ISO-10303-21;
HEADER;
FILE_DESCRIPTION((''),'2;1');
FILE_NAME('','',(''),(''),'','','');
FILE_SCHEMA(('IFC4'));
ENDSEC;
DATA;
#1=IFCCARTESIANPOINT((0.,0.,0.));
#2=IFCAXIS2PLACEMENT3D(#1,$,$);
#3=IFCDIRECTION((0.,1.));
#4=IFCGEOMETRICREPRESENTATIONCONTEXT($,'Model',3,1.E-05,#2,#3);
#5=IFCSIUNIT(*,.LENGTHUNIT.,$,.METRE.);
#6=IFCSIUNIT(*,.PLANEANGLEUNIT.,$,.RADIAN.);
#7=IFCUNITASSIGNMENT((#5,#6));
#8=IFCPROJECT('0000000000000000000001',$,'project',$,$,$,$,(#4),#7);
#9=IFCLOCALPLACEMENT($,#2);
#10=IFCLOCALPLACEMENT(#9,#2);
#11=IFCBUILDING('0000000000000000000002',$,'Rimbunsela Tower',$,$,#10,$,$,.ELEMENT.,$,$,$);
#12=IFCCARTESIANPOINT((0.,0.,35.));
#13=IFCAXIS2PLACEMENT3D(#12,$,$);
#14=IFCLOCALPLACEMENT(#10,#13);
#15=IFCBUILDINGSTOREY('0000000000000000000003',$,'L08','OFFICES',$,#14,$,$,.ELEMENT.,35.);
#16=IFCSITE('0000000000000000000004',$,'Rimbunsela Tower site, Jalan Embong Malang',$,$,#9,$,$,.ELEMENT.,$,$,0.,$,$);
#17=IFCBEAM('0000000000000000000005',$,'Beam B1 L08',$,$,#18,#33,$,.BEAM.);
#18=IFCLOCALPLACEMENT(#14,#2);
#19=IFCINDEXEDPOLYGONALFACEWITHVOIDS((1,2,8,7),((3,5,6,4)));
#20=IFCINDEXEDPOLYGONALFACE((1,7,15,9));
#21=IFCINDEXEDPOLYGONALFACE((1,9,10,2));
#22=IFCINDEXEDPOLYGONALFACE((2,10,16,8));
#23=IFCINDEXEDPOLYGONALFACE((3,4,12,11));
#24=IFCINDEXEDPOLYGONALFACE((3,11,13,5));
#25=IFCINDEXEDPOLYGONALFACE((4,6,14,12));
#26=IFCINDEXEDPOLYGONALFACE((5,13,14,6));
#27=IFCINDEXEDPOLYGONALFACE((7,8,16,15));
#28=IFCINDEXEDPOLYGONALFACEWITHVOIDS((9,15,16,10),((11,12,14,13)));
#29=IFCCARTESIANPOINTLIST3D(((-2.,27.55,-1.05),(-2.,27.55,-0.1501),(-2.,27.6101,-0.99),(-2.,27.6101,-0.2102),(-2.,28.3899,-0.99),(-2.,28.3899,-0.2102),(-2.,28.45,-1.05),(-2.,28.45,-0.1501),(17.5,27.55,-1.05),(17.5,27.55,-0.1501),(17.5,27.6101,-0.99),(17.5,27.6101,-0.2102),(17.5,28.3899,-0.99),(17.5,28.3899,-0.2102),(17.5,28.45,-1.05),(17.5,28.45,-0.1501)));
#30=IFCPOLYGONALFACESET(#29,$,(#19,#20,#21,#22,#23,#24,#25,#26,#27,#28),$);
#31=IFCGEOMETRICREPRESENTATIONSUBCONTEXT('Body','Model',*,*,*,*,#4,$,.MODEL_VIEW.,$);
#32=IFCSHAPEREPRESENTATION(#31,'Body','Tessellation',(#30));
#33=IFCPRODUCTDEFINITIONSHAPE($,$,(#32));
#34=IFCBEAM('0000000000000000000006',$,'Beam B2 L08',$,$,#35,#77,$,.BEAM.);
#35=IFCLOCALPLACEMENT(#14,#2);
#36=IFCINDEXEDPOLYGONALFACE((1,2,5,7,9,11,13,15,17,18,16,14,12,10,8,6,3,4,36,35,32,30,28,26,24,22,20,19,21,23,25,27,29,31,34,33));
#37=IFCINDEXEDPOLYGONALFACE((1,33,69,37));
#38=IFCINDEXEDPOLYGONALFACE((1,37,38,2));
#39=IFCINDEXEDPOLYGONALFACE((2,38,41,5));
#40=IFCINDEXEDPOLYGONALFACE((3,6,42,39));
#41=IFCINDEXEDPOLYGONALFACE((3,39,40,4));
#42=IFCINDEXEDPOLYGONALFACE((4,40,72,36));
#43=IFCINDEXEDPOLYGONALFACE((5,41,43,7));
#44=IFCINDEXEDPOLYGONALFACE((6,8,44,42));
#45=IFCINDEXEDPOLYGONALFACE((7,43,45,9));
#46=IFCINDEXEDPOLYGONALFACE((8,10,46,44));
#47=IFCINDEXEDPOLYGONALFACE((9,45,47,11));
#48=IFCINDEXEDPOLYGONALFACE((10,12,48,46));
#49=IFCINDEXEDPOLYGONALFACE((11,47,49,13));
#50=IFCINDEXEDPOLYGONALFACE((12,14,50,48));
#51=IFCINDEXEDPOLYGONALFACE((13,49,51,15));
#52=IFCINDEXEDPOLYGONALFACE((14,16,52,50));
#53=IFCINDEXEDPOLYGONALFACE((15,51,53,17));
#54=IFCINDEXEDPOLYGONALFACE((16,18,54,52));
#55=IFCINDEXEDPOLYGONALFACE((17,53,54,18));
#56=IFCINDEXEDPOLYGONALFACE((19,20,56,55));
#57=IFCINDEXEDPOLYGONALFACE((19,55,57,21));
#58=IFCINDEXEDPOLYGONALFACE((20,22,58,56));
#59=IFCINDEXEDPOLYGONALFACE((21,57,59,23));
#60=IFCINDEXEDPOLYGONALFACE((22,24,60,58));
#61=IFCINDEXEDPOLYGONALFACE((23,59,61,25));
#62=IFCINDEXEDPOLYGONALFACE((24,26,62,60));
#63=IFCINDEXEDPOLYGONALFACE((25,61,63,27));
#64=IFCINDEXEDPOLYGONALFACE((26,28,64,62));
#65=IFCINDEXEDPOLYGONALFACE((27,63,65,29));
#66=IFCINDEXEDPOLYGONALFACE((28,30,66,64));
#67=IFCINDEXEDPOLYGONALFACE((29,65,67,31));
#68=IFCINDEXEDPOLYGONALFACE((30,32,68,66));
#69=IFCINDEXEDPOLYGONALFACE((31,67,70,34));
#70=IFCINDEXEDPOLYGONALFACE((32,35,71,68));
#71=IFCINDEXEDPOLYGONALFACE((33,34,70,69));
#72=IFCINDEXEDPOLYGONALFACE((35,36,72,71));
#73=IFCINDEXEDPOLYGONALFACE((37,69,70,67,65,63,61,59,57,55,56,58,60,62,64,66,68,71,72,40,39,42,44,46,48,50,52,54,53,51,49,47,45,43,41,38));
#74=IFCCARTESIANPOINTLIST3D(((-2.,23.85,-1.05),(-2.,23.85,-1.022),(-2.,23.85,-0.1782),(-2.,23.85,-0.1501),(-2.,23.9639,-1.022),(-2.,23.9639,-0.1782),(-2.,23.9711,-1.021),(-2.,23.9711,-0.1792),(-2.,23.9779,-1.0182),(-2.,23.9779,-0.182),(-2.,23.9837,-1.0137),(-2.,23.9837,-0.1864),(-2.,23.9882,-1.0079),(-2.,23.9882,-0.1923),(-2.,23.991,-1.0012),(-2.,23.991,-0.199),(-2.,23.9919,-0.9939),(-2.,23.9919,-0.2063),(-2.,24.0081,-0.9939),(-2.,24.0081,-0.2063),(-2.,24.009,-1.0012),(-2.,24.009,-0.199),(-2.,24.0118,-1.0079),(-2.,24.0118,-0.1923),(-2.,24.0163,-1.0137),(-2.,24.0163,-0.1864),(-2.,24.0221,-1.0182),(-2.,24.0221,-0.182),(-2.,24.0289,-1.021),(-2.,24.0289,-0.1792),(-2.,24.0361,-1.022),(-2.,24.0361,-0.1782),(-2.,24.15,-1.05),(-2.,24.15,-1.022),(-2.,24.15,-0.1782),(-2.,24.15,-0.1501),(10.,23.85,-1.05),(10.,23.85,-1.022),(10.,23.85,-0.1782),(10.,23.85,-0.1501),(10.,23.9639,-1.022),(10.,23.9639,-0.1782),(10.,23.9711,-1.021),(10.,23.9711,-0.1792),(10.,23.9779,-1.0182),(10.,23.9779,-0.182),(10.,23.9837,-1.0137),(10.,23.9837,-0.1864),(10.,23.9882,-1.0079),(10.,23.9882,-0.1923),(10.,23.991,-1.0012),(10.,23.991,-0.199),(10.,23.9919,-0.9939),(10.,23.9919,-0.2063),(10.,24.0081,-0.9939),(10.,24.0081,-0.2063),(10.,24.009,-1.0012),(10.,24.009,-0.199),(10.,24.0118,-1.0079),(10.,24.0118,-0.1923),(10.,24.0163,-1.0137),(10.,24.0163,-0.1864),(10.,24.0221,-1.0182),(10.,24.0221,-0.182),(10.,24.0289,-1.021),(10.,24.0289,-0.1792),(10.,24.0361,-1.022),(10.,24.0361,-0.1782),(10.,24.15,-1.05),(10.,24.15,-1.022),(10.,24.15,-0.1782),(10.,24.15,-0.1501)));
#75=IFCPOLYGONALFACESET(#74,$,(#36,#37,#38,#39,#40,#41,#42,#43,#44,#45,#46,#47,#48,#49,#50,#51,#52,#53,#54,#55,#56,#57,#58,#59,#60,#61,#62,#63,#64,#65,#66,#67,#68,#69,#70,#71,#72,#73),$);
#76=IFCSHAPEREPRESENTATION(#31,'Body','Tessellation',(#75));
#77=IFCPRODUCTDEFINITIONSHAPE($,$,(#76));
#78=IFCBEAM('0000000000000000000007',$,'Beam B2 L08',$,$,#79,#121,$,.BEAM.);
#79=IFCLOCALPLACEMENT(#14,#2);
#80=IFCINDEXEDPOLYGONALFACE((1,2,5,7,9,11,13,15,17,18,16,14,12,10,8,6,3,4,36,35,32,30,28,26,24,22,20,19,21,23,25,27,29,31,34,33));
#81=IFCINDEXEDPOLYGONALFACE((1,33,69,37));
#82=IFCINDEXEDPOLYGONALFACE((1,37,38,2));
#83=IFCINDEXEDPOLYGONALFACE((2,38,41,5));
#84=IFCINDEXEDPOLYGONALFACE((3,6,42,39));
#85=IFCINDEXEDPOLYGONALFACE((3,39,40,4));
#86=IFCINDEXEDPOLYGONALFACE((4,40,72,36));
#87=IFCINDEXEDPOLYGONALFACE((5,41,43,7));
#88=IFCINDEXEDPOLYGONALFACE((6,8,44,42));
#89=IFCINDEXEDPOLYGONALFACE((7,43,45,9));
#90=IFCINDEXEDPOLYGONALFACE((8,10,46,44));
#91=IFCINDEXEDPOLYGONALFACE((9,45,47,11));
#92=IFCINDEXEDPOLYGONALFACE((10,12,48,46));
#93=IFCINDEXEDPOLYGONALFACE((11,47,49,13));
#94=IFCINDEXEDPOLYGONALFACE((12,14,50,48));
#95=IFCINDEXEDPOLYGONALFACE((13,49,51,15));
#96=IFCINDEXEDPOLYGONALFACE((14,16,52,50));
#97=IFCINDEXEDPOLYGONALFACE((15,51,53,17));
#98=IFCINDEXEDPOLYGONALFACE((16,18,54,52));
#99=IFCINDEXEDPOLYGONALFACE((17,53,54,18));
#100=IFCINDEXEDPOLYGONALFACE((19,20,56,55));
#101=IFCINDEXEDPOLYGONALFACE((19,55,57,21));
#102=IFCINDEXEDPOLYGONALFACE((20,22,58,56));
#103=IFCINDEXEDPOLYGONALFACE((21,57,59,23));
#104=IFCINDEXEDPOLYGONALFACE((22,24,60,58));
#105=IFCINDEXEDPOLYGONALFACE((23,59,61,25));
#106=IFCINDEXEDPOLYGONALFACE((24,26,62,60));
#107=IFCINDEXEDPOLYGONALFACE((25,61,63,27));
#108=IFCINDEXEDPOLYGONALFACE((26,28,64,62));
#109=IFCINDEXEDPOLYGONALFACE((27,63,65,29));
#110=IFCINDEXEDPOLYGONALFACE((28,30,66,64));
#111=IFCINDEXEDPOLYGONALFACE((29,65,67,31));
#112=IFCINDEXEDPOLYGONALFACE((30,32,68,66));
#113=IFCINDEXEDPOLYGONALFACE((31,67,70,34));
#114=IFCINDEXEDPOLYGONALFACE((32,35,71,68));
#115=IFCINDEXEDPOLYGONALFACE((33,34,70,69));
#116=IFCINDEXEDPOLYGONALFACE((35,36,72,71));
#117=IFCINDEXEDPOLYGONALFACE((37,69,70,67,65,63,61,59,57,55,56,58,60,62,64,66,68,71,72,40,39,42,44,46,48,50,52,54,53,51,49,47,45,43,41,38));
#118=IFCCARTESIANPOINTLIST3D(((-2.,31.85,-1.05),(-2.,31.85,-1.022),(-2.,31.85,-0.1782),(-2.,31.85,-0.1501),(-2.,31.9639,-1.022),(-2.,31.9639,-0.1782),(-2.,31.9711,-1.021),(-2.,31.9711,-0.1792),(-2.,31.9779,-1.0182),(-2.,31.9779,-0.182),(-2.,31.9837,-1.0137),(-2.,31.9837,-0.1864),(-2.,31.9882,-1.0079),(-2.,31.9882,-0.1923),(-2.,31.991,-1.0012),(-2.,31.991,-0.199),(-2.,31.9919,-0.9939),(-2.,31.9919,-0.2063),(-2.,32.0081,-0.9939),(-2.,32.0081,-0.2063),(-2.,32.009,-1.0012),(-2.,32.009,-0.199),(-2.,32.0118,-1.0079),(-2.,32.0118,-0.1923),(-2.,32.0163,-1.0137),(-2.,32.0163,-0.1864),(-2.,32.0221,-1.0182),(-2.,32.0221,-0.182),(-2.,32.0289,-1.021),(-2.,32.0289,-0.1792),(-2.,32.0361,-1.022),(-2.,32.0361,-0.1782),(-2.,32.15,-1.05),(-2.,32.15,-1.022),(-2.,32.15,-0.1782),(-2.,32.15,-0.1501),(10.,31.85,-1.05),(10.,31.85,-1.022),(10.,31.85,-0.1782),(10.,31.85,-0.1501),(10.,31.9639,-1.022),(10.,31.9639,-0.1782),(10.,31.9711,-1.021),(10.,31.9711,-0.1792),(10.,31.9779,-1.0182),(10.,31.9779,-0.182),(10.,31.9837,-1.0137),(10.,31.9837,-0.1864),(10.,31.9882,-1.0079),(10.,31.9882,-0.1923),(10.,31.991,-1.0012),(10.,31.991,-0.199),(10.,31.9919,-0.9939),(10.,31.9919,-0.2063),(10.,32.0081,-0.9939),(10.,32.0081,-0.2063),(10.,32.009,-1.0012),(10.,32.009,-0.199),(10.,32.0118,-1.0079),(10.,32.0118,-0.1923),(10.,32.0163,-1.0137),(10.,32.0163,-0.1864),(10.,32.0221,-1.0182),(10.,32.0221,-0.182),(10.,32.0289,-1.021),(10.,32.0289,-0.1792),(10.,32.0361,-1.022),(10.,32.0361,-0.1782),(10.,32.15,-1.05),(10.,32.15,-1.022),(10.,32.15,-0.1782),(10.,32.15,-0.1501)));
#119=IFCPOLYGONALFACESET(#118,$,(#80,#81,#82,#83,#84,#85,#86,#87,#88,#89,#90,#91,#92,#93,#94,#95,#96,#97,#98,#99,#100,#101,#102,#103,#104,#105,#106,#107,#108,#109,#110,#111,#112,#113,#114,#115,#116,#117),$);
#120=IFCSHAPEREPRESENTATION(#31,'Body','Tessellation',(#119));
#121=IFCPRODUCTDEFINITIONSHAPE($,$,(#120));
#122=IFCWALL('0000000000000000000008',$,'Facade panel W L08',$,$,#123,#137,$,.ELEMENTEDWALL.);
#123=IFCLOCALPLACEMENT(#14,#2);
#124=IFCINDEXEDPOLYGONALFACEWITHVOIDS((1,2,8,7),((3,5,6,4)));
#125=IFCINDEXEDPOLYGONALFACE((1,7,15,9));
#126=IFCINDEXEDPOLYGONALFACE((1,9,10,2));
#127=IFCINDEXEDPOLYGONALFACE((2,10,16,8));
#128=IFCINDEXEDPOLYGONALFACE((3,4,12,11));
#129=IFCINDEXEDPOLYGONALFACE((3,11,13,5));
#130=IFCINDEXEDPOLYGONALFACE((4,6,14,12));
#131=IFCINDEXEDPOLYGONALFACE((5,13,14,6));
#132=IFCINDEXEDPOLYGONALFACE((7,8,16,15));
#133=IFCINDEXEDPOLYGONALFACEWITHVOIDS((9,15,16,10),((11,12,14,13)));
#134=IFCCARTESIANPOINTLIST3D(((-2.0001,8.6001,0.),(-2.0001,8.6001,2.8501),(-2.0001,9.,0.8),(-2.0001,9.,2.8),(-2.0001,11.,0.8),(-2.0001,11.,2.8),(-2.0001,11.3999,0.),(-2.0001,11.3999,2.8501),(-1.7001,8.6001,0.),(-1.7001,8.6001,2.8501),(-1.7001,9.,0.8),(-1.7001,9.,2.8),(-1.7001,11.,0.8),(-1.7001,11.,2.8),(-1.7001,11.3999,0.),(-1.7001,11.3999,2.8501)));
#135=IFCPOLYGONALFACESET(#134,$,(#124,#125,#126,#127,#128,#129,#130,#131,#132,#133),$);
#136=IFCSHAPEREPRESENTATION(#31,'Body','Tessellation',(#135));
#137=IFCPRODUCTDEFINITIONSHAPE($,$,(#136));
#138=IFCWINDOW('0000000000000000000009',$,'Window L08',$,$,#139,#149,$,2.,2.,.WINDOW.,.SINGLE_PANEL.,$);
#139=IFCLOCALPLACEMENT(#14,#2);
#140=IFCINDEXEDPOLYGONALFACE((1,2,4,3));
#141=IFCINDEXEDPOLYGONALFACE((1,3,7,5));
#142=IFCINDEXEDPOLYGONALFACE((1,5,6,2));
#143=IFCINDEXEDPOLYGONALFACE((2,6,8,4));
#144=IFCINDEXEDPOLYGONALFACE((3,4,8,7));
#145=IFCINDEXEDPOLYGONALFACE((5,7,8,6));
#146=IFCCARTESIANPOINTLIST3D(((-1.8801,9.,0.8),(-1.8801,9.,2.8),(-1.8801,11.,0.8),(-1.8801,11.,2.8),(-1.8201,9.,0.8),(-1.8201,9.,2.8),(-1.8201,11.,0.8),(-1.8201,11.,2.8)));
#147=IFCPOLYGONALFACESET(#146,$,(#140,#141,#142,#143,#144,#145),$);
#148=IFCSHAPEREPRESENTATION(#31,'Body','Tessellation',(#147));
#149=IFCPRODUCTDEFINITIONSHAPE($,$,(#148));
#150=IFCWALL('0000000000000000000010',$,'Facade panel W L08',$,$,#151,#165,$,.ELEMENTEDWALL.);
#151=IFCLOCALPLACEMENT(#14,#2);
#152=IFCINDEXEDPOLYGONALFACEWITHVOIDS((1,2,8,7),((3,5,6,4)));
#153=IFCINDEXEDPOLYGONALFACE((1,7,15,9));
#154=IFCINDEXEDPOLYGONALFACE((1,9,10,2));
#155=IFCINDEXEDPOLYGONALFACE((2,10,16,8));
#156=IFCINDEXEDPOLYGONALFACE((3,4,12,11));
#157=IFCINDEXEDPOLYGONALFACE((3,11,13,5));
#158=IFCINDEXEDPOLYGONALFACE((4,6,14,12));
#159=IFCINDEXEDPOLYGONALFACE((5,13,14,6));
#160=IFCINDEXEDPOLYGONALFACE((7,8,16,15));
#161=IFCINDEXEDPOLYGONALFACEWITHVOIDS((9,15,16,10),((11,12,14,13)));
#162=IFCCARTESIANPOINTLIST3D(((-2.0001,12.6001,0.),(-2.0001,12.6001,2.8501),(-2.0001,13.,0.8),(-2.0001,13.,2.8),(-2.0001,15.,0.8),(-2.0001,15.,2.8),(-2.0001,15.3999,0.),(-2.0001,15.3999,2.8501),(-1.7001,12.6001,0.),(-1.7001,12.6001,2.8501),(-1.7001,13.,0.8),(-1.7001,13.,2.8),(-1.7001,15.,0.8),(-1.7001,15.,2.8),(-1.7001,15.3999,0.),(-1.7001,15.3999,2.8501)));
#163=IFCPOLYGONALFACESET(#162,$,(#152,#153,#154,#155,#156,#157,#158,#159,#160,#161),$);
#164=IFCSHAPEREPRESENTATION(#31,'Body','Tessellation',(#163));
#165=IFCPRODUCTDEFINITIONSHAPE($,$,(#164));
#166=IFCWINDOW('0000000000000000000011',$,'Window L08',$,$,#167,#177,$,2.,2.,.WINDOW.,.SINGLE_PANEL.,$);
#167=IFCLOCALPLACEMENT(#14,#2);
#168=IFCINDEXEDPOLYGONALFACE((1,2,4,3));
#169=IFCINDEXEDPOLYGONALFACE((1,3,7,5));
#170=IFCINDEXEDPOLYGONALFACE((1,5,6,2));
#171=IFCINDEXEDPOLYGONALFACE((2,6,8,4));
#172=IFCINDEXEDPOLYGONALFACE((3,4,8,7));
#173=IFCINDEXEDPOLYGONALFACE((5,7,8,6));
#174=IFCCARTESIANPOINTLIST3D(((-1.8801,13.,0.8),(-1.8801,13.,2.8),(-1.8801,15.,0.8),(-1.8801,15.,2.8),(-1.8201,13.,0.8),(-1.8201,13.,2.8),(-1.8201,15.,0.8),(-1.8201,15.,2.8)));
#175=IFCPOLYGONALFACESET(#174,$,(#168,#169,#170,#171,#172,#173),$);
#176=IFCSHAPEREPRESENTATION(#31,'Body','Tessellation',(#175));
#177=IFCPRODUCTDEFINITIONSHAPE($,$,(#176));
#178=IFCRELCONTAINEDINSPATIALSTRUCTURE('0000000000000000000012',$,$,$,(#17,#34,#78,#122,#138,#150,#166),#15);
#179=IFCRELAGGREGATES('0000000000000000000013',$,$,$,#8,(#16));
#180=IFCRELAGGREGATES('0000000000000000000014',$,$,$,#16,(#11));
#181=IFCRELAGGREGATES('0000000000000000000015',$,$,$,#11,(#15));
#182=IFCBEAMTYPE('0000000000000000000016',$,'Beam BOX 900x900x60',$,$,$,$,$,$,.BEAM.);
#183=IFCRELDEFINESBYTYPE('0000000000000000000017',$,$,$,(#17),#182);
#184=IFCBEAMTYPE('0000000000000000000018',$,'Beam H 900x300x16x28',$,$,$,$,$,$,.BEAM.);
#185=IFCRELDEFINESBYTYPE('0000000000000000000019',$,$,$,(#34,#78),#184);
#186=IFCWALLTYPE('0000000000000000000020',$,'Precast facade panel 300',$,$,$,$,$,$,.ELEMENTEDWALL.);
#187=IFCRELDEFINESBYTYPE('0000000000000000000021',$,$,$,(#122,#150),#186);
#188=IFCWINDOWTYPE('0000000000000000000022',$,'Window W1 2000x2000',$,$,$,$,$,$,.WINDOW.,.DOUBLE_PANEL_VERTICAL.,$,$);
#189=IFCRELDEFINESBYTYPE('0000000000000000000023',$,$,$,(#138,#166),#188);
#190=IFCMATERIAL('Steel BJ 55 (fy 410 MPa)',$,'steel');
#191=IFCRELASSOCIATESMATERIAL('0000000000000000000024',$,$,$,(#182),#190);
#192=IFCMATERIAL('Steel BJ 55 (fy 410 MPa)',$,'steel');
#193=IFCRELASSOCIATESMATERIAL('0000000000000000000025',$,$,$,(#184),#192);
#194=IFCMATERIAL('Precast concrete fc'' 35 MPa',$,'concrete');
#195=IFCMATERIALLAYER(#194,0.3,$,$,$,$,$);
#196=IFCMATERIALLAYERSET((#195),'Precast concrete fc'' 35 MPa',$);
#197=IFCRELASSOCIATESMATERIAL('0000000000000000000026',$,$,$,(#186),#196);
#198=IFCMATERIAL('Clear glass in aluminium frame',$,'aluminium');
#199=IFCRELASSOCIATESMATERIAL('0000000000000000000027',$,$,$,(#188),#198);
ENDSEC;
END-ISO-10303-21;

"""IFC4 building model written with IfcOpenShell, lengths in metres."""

from ifc_helpers import new_model, si_unit, direction, frame, frame_2d, origin, origin_2d, place, context, subcontext, project, spatial, rectangle, hollow_rectangle, i_section, extrude, material, layer, layer_set, material_profile, profile_set, type_object, element, fill, save


model = new_model("IFC4")

# Units and contexts
model_context = context("Model", 3, precision=1e-05, world=origin(), true_north=direction((0.0, 1.0)))
body_context = subcontext(model_context, "Body", "Model", "MODEL_VIEW")
ifc_project = project(units=[si_unit("LENGTHUNIT", "METRE"), si_unit("PLANEANGLEUNIT", "RADIAN")], contexts=[model_context])

# Site, building, storey
site_placement = place(None, origin())
site = spatial("IfcSite", under=ifc_project, at=site_placement, Name="Rimbunsela Tower site, Jalan Embong Malang", CompositionType="ELEMENT", RefElevation=0.0)
building_placement = place(site_placement, origin())
building = spatial("IfcBuilding", under=site, at=building_placement, Name="Rimbunsela Tower", CompositionType="ELEMENT")
storey_placement = place(building_placement, frame((0.0, 0.0, 35.0)))
storey = spatial("IfcBuildingStorey", under=building, at=storey_placement, Name="L08", Description="OFFICES", CompositionType="ELEMENT", Elevation=35.0)

# Beams
ifc_material_1 = material(Name="Steel BJ 55 (fy 410 MPa)", Category="steel")
ifc_material_profile_1 = material_profile(ifc_material_1, hollow_rectangle(XDim=0.8999, YDim=0.8999, WallThickness=0.0601, at=origin_2d()), Name="BOX 900x900x60")
ifc_profile_set_1 = profile_set([ifc_material_profile_1], Name="Steel BJ 55 (fy 410 MPa)")
beam_type_1 = type_object("IfcBeamType", Name="Beam BOX 900x900x60", PredefinedType="BEAM", material=ifc_profile_set_1)
beam_1_placement = place(storey_placement, frame((-2.0, 28.0, -0.6001), z_axis=(1.0, 0.0, 0.0), x_axis=(0.0, 1.0, 0.0)))
element("IfcBeam", 1, at=beam_1_placement, inside=storey, type_object=beam_type_1, Name="Beam B1 L08", PredefinedType="BEAM", context=body_context, shape_type="SweptSolid", body=[
    extrude(hollow_rectangle(XDim=0.8999, YDim=0.8999, WallThickness=0.0601, at=origin_2d()), origin(), (0.0, 0.0, 1.0), 19.5),
])
ifc_material_2 = material(Name="Steel BJ 55 (fy 410 MPa)", Category="steel")
ifc_material_profile_2 = material_profile(ifc_material_2, i_section(OverallWidth=0.3, OverallDepth=0.8999, WebThickness=0.0161, FlangeThickness=0.0281, FilletRadius=0.0281, at=origin_2d()), Name="H 900x300x16x28")
ifc_profile_set_2 = profile_set([ifc_material_profile_2], Name="Steel BJ 55 (fy 410 MPa)")
beam_type_2 = type_object("IfcBeamType", Name="Beam H 900x300x16x28", PredefinedType="BEAM", material=ifc_profile_set_2)
for number, where, z_axis, x_axis, name in (
    (2, (-2.0, 24.0, -0.6001), (1.0, 0.0, 0.0), (0.0, 1.0, 0.0), "Beam B2 L08"),
    (3, (-2.0, 32.0, -0.6001), (1.0, 0.0, 0.0), (0.0, 1.0, 0.0), "Beam B2 L08"),
):
    element("IfcBeam", number, at=place(storey_placement, frame(where, z_axis=z_axis, x_axis=x_axis)), inside=storey, type_object=beam_type_2, Name=name, PredefinedType="BEAM", context=body_context, shape_type="SweptSolid", body=[
        extrude(i_section(OverallWidth=0.3, OverallDepth=0.8999, WebThickness=0.0161, FlangeThickness=0.0281, FilletRadius=0.0281, at=origin_2d()), origin(), (0.0, 0.0, 1.0), 12.0),
    ])

# Walls, openings, windows
ifc_material_3 = material(Name="Precast concrete fc' 35 MPa", Category="concrete")
ifc_layer_1 = layer(ifc_material_3, 0.3)
ifc_layer_set_1 = layer_set([ifc_layer_1], Name="Precast concrete fc' 35 MPa")
wall_type = type_object("IfcWallType", Name="Precast facade panel 300", PredefinedType="ELEMENTEDWALL", material=ifc_layer_set_1)
wall_1_placement = place(storey_placement, frame((-1.8501, 11.3999, 0.0), z_axis=(0.0, 0.0, 1.0), x_axis=(0.0, -1.0, 0.0)))
wall_1 = element("IfcWall", 4, at=wall_1_placement, inside=storey, type_object=wall_type, Name="Facade panel W L08", PredefinedType="ELEMENTEDWALL", context=body_context, shape_type="SweptSolid", body=[
    extrude(rectangle(XDim=2.7998, YDim=0.3, at=frame_2d((1.3999, 0.0))), origin(), (0.0, 0.0, 1.0), 2.8501),
])
opening_1_placement = place(wall_1_placement, frame((0.3999, 0.0, 0.8)))
opening_1 = element("IfcOpeningElement", 5, at=opening_1_placement, cuts=wall_1, PredefinedType="OPENING", context=body_context, shape_type="SweptSolid", body=[
    extrude(rectangle(XDim=2.0, YDim=2.0, at=frame_2d((1.0, 1.0))), frame((0.0, 0.1599, 0.0), z_axis=(0.0, -1.0, 0.0), x_axis=(1.0, 0.0, 0.0)), (0.0, 0.0, 1.0), 0.3201),
])
ifc_material_4 = material(Name="Clear glass in aluminium frame", Category="aluminium")
window_type = type_object("IfcWindowType", Name="Window W1 2000x2000", PartitioningType="DOUBLE_PANEL_VERTICAL", PredefinedType="WINDOW", material=ifc_material_4)
window_1_placement = place(opening_1_placement, origin())
window_1 = element("IfcWindow", 6, at=window_1_placement, inside=storey, type_object=window_type, Name="Window L08", OverallHeight=2.0, OverallWidth=2.0, PartitioningType="SINGLE_PANEL", PredefinedType="WINDOW", context=body_context, shape_type="SweptSolid", body=[
    extrude(rectangle(XDim=2.0, YDim=2.0, at=frame_2d((1.0, 1.0))), frame((0.0, 0.03, 0.0), z_axis=(0.0, -1.0, 0.0), x_axis=(1.0, 0.0, 0.0)), (0.0, 0.0, 1.0), 0.0601),
])
fill(opening_1, window_1)
wall_2_placement = place(storey_placement, frame((-1.8501, 15.3999, 0.0), z_axis=(0.0, 0.0, 1.0), x_axis=(0.0, -1.0, 0.0)))
wall_2 = element("IfcWall", 7, at=wall_2_placement, inside=storey, type_object=wall_type, Name="Facade panel W L08", PredefinedType="ELEMENTEDWALL", context=body_context, shape_type="SweptSolid", body=[
    extrude(rectangle(XDim=2.7998, YDim=0.3, at=frame_2d((1.3999, 0.0))), origin(), (0.0, 0.0, 1.0), 2.8501),
])
opening_2_placement = place(wall_2_placement, frame((0.3999, 0.0, 0.8)))
opening_2 = element("IfcOpeningElement", 8, at=opening_2_placement, cuts=wall_2, PredefinedType="OPENING", context=body_context, shape_type="SweptSolid", body=[
    extrude(rectangle(XDim=2.0, YDim=2.0, at=frame_2d((1.0, 1.0))), frame((0.0, 0.1599, 0.0), z_axis=(0.0, -1.0, 0.0), x_axis=(1.0, 0.0, 0.0)), (0.0, 0.0, 1.0), 0.3201),
])
window_2_placement = place(opening_2_placement, origin())
window_2 = element("IfcWindow", 9, at=window_2_placement, inside=storey, type_object=window_type, Name="Window L08", OverallHeight=2.0, OverallWidth=2.0, PartitioningType="SINGLE_PANEL", PredefinedType="WINDOW", context=body_context, shape_type="SweptSolid", body=[
    extrude(rectangle(XDim=2.0, YDim=2.0, at=frame_2d((1.0, 1.0))), frame((0.0, 0.03, 0.0), z_axis=(0.0, -1.0, 0.0), x_axis=(1.0, 0.0, 0.0)), (0.0, 0.0, 1.0), 0.0601),
])
fill(opening_2, window_2)

save(model, "model.ifc")
